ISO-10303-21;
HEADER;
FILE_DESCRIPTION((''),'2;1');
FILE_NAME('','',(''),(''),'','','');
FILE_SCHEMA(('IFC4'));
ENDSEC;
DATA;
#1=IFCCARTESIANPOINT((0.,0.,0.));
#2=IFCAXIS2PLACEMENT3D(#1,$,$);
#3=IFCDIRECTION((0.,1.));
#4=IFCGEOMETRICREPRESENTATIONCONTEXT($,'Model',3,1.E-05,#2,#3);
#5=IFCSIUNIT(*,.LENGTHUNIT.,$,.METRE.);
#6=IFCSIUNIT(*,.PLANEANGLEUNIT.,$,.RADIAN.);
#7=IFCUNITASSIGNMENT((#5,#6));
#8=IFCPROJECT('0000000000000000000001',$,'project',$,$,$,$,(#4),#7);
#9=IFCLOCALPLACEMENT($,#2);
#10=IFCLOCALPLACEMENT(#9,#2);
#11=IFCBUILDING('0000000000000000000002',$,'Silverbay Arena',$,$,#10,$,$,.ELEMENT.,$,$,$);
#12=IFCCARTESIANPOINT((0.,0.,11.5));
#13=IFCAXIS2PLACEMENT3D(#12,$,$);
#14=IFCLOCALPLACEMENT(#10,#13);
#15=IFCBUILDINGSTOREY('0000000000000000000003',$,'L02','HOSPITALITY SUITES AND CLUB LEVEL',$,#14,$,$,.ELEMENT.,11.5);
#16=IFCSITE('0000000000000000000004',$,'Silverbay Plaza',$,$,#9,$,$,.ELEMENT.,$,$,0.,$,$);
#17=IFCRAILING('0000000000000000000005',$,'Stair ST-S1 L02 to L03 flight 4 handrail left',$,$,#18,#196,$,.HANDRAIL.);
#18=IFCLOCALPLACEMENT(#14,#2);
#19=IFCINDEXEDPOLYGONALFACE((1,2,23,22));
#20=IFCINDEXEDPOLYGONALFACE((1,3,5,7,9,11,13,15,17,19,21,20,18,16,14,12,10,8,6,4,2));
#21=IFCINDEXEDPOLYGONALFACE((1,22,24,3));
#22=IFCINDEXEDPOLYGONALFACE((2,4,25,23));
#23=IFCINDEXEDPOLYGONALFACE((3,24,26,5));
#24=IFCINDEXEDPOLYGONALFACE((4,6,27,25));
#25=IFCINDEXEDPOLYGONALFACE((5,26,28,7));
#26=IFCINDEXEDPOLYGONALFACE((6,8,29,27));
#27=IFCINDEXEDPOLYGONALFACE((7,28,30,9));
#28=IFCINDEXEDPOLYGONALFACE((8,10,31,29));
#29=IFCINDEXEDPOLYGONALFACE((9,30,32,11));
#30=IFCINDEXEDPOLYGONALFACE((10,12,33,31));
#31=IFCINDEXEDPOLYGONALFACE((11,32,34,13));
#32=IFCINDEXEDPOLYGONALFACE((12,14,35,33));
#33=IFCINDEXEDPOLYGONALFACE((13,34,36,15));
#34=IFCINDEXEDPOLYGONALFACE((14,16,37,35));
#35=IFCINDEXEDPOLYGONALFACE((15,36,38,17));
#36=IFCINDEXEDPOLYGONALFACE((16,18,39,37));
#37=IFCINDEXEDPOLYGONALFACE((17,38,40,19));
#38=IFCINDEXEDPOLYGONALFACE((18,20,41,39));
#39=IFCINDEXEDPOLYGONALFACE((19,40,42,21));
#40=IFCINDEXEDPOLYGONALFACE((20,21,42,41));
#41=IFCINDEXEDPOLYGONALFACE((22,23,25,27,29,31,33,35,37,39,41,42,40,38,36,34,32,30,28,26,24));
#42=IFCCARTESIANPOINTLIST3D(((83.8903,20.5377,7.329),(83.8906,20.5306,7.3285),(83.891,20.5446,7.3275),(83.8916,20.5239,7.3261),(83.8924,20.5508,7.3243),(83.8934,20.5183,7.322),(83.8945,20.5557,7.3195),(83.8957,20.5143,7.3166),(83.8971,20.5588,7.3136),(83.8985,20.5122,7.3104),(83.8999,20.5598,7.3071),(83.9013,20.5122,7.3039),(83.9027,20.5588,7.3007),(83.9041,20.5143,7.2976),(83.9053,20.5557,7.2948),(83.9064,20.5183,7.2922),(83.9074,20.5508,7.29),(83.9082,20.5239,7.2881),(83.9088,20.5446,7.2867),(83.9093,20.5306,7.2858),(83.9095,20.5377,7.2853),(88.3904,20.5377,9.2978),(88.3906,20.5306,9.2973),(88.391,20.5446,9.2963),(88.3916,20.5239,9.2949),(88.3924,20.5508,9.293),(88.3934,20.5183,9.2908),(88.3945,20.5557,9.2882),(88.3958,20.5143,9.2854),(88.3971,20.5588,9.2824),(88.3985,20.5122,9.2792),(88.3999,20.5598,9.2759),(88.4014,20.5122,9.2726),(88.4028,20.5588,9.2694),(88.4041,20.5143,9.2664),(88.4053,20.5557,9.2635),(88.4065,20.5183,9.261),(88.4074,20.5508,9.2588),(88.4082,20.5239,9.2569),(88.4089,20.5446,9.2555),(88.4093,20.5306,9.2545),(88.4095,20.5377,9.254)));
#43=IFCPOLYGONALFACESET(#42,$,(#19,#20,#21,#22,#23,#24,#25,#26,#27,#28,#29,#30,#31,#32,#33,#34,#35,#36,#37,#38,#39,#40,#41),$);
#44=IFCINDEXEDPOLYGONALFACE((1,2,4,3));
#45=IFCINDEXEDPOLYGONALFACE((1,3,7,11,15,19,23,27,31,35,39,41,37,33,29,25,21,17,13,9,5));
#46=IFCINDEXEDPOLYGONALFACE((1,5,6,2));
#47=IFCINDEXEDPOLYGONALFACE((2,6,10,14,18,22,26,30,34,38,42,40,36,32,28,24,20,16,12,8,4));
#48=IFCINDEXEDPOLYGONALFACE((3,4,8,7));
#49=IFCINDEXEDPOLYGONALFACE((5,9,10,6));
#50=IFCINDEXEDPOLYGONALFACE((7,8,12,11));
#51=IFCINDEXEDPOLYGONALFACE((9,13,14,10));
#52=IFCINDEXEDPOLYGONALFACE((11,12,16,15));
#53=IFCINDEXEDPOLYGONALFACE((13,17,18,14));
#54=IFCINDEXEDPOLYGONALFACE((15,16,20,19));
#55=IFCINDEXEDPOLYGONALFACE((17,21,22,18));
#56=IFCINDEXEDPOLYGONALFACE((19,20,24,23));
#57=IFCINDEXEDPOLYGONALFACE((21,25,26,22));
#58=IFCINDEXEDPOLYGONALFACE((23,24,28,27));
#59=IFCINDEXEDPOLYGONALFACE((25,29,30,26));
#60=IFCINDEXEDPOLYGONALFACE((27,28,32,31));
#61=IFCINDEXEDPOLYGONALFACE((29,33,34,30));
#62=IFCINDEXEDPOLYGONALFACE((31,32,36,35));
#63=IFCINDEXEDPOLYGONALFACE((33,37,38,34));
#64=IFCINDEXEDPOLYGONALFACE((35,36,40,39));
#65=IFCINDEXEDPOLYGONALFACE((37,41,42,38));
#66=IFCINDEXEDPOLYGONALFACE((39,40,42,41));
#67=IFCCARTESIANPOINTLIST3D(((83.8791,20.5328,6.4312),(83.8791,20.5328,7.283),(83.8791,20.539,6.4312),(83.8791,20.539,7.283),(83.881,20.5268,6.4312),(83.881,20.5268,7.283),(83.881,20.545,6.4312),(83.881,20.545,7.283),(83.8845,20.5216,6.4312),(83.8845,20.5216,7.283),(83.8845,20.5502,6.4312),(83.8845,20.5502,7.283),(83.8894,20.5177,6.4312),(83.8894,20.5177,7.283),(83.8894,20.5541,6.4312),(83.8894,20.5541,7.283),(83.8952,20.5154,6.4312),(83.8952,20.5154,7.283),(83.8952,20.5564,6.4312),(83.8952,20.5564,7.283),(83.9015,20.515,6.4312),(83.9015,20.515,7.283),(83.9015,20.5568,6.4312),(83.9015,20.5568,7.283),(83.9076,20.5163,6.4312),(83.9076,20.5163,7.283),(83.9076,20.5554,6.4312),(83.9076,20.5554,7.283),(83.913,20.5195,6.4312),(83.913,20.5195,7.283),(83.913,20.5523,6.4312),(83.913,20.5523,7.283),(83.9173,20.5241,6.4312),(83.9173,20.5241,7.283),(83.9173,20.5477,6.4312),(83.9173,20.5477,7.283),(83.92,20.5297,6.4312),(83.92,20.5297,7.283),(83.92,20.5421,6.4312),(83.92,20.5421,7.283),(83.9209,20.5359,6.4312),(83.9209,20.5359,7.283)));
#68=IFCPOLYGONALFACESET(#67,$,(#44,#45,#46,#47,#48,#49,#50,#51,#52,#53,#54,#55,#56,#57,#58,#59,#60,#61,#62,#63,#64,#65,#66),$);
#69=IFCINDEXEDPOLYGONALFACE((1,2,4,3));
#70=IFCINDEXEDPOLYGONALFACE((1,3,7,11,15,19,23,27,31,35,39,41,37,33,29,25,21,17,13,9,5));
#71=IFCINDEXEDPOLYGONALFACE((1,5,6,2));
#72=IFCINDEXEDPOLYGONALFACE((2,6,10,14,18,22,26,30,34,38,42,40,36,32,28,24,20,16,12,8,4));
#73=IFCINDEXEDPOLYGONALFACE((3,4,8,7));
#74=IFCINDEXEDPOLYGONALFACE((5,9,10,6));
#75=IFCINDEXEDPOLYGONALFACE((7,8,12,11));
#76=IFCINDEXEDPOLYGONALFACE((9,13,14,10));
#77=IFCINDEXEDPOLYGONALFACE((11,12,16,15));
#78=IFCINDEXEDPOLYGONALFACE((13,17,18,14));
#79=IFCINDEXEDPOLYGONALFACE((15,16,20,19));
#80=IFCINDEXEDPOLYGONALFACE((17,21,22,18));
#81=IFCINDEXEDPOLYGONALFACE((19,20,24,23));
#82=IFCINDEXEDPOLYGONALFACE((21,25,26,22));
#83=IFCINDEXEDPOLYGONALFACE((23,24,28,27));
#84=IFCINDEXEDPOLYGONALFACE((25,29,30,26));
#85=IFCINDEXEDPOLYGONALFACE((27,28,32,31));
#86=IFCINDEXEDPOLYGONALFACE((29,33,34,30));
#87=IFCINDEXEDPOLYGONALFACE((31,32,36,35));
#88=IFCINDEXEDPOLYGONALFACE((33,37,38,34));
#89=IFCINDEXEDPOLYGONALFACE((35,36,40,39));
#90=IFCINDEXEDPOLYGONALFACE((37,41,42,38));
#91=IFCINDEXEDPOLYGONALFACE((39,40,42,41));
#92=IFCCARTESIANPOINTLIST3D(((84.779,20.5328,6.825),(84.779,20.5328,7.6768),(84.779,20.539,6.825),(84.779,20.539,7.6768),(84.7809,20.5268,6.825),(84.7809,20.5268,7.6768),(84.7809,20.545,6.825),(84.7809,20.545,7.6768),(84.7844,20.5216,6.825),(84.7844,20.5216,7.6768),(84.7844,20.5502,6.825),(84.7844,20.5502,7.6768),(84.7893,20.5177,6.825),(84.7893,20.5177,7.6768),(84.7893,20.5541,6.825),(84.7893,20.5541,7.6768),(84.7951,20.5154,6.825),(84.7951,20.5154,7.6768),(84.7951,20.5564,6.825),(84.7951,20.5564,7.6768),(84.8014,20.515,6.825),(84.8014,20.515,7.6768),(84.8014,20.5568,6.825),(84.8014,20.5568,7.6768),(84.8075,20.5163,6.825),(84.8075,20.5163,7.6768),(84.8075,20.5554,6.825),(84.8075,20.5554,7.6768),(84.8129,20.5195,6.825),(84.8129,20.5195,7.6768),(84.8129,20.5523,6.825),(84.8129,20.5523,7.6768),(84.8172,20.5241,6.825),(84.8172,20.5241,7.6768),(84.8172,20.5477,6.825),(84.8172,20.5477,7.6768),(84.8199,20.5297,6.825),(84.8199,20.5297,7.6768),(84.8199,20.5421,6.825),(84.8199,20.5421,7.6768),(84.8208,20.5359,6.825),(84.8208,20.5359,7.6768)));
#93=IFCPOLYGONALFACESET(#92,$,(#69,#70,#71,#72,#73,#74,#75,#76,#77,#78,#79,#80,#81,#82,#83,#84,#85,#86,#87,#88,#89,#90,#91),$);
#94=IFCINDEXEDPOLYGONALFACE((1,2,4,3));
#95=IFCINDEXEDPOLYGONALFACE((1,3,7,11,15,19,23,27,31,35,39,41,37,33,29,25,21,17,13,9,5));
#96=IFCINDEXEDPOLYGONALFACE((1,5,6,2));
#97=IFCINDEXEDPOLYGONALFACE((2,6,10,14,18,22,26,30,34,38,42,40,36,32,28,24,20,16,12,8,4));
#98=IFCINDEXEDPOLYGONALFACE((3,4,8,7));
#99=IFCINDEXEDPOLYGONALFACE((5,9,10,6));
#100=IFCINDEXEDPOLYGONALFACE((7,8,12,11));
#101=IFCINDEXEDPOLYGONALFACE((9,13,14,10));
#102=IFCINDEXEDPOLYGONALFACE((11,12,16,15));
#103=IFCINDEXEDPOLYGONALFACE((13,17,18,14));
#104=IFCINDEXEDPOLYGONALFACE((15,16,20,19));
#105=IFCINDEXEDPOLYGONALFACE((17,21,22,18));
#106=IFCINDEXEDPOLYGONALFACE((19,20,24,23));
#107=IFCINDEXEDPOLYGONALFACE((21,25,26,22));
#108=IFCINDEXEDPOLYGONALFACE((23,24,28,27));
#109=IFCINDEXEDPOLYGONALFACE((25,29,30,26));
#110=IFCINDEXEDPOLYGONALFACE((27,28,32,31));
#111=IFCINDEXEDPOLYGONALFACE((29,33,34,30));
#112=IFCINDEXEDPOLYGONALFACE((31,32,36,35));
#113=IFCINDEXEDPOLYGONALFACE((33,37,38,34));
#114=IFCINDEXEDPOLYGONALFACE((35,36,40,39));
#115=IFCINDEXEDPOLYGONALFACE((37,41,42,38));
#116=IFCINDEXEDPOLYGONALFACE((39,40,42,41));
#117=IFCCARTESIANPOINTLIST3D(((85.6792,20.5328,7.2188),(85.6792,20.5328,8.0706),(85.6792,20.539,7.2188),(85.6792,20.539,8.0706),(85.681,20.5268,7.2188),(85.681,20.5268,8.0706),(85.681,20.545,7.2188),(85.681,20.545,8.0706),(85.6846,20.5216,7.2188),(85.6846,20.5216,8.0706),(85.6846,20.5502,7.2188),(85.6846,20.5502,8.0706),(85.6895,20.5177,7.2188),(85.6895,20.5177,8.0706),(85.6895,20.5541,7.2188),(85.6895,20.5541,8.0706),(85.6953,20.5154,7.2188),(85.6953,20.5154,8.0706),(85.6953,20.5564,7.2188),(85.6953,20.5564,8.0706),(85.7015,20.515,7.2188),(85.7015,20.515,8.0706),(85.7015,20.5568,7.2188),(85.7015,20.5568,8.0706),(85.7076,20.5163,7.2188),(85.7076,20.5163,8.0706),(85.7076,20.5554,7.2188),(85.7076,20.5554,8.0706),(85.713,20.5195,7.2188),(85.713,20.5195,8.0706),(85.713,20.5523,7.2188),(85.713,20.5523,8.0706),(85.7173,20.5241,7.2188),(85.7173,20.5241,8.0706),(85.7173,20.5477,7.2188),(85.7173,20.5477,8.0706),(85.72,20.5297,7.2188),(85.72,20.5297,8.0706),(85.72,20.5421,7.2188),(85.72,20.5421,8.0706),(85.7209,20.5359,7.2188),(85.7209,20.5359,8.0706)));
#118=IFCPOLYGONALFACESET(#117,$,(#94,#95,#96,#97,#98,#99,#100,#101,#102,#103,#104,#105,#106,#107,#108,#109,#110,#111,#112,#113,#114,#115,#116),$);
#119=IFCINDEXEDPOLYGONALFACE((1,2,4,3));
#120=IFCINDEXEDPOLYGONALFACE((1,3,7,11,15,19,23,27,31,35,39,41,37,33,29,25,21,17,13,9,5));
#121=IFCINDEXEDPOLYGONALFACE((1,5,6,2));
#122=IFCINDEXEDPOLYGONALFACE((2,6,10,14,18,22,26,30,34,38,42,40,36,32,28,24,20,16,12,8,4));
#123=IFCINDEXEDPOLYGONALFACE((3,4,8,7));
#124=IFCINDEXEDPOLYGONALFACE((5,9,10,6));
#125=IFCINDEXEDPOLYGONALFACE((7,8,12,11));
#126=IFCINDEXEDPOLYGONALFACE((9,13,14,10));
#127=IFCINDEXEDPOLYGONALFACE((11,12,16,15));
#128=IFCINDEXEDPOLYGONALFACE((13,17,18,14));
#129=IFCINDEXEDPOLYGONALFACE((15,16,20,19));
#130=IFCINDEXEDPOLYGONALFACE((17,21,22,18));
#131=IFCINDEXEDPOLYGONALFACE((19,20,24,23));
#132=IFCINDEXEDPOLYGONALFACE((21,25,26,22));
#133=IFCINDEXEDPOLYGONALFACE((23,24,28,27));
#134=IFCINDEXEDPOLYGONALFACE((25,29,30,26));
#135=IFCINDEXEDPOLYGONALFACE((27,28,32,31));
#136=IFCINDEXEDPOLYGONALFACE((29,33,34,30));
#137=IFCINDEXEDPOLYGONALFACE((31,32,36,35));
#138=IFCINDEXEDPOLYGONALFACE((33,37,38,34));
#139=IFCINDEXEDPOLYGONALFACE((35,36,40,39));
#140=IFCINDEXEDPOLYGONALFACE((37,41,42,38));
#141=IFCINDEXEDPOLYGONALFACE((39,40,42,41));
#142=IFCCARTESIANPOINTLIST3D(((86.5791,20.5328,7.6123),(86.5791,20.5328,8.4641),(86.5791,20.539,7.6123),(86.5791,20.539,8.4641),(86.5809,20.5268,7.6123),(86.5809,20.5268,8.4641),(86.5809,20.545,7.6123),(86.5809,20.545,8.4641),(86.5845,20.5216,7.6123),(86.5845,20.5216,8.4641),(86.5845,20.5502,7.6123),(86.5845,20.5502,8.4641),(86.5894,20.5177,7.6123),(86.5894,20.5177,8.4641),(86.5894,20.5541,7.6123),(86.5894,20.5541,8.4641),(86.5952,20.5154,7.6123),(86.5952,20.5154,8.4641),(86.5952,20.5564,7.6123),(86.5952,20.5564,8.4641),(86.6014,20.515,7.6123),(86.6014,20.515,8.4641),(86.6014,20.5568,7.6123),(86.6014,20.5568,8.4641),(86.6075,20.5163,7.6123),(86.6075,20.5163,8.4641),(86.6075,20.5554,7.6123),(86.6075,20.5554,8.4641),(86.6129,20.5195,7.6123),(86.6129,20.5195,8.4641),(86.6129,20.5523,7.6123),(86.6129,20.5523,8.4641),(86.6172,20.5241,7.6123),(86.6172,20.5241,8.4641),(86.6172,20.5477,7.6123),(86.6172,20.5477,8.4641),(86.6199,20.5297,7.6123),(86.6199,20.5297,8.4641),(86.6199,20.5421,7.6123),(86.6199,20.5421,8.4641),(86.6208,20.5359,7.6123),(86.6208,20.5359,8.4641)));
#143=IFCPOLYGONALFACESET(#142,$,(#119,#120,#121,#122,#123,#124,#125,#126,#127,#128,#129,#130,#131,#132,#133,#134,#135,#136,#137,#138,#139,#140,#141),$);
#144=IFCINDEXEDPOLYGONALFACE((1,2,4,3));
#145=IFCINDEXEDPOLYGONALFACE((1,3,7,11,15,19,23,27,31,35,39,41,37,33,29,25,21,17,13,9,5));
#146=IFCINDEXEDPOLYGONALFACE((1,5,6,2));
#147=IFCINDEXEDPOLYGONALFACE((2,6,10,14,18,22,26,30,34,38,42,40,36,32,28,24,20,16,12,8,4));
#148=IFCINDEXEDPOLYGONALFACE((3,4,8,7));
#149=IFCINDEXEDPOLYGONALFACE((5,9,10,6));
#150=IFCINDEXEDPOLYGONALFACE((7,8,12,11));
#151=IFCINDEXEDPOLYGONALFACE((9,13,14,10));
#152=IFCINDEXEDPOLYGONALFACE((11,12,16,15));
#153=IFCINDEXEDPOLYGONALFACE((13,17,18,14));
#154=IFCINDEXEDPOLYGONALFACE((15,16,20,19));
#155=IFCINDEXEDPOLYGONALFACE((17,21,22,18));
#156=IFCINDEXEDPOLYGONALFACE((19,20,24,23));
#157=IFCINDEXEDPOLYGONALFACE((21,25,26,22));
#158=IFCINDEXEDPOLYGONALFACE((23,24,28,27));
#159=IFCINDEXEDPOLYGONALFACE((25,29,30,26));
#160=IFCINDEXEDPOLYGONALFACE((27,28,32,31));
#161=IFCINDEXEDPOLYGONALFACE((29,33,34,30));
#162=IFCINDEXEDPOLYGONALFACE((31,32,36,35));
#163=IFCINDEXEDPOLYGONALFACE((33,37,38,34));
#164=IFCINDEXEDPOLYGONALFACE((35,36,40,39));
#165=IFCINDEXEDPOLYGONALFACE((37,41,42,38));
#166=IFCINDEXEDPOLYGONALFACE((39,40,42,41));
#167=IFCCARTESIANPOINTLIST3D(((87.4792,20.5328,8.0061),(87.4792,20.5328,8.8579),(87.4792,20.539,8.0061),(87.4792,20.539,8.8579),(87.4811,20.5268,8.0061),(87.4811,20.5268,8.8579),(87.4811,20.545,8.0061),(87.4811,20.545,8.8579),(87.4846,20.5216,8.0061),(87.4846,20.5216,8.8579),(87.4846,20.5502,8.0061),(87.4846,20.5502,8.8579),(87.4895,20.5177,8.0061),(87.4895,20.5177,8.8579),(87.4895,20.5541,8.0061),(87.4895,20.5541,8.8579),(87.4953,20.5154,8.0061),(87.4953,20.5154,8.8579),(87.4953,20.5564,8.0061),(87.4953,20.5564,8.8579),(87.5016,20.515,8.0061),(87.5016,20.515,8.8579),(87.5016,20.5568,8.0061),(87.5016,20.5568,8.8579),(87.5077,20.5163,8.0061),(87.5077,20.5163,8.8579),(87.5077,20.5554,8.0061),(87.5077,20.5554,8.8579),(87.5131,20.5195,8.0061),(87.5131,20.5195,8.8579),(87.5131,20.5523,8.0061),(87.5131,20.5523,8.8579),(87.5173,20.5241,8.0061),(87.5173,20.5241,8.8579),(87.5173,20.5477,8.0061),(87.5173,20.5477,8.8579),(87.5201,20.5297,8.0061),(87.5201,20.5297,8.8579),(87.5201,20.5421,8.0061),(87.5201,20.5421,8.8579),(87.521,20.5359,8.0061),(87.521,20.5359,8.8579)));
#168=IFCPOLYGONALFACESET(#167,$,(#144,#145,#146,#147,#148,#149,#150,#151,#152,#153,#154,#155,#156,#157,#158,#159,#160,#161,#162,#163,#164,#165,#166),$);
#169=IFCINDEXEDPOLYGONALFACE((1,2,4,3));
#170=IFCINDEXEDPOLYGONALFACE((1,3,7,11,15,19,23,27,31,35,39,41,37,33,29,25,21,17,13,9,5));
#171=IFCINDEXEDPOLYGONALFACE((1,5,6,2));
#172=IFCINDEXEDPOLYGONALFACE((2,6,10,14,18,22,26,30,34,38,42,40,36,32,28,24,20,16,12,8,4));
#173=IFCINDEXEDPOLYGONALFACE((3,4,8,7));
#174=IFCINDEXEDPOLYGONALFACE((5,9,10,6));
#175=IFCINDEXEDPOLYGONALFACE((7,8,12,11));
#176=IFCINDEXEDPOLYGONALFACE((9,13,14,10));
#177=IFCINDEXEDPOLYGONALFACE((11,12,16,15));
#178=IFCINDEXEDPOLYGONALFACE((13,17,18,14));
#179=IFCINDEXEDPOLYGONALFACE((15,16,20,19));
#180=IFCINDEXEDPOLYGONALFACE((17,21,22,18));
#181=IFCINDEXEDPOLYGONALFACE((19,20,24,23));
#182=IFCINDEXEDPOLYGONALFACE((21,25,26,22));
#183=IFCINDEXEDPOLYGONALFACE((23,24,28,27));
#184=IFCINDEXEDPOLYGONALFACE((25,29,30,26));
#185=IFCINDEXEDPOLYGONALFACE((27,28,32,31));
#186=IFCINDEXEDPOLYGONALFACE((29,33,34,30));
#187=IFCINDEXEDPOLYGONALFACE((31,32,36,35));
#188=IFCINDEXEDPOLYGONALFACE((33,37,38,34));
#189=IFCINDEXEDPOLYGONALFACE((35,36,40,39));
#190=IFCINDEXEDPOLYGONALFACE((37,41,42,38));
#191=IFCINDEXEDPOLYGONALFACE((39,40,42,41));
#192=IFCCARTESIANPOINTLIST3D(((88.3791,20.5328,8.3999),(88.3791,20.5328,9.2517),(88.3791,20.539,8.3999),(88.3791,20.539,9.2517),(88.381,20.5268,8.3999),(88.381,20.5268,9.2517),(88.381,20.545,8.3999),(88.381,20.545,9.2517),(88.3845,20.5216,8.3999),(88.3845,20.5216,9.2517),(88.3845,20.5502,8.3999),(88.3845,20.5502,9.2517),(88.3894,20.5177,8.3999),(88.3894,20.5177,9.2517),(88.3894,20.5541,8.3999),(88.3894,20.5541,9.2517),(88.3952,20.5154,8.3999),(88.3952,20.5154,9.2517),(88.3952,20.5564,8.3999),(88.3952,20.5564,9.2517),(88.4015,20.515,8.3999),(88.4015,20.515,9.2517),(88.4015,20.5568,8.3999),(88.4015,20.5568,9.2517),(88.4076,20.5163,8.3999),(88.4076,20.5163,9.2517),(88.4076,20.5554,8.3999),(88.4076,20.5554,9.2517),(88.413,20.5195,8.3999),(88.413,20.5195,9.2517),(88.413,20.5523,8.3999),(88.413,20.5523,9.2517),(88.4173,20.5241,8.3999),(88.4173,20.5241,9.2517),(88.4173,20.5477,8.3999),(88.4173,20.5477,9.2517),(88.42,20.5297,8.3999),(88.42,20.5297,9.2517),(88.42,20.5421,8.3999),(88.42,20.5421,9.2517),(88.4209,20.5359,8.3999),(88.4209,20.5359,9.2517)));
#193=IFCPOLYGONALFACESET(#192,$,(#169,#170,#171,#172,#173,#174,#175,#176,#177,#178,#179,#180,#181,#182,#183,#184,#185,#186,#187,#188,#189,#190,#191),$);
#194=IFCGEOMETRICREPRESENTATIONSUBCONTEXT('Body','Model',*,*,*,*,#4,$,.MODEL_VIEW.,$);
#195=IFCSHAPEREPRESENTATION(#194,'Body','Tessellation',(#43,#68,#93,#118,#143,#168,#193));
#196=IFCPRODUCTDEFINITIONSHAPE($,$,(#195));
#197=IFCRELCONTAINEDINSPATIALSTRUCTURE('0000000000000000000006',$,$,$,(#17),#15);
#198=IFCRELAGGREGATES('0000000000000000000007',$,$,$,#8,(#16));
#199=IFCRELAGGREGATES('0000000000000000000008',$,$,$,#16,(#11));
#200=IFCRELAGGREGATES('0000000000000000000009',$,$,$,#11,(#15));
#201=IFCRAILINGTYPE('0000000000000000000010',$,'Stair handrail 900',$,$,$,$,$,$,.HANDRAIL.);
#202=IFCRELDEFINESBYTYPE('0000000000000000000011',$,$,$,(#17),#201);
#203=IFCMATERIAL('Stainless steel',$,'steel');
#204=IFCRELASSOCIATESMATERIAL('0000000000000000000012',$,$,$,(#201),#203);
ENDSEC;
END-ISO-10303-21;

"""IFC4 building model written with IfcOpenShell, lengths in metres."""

from ifc_helpers import new_model, si_unit, direction, frame, origin, origin_2d, place, context, subcontext, project, spatial, circle, extrude, material, type_object, element, save


model = new_model("IFC4")

# Units and contexts
model_context = context("Model", 3, precision=1e-05, world=origin(), true_north=direction((0.0, 1.0)))
body_context = subcontext(model_context, "Body", "Model", "MODEL_VIEW")
ifc_project = project(units=[si_unit("LENGTHUNIT", "METRE"), si_unit("PLANEANGLEUNIT", "RADIAN")], contexts=[model_context])

# Site, building, storey
site_placement = place(None, origin())
site = spatial("IfcSite", under=ifc_project, at=site_placement, Name="Silverbay Plaza", CompositionType="ELEMENT", RefElevation=0.0)
building_placement = place(site_placement, origin())
building = spatial("IfcBuilding", under=site, at=building_placement, Name="Silverbay Arena", CompositionType="ELEMENT")
storey_placement = place(building_placement, frame((0.0, 0.0, 11.5)))
storey = spatial("IfcBuildingStorey", under=building, at=storey_placement, Name="L02", Description="HOSPITALITY SUITES AND CLUB LEVEL", CompositionType="ELEMENT", Elevation=11.5)

# Railing
ifc_material_1 = material(Name="Stainless steel", Category="steel")
railing_type_1 = type_object("IfcRailingType", Name="Stair handrail 900", PredefinedType="HANDRAIL", material=ifc_material_1)
for number, where, name in (
    (1, (83.8999, 20.5359, 6.4312), "Stair ST-S1 L02 to L03 flight 4 handrail left"),
):
    element("IfcRailing", number, at=place(storey_placement, frame(where)), inside=storey, type_object=railing_type_1, Name=name, PredefinedType="HANDRAIL", context=body_context, shape_type="SweptSolid", body=[
        extrude(circle(Radius=0.0239, at=origin_2d()), frame((0.0, 0.0, 0.876), z_axis=(0.916157, 0.0, 0.400819), x_axis=(0.0, 1.0, 0.0)), (0.0, 0.0, 1.0), 4.9119),
        extrude(circle(Radius=0.021, at=origin_2d()), origin(), (0.0, 0.0, 1.0), 0.8518),
        extrude(circle(Radius=0.021, at=origin_2d()), frame((0.8999, 0.0, 0.3938)), (0.0, 0.0, 1.0), 0.8518),
        extrude(circle(Radius=0.021, at=origin_2d()), frame((1.8, 0.0, 0.7876)), (0.0, 0.0, 1.0), 0.8518),
        extrude(circle(Radius=0.021, at=origin_2d()), frame((2.7, 0.0, 1.1812)), (0.0, 0.0, 1.0), 0.8518),
        extrude(circle(Radius=0.021, at=origin_2d()), frame((3.6001, 0.0, 1.575)), (0.0, 0.0, 1.0), 0.8518),
        extrude(circle(Radius=0.021, at=origin_2d()), frame((4.5, 0.0, 1.9688)), (0.0, 0.0, 1.0), 0.8518),
    ])

save(model, "model.ifc")
